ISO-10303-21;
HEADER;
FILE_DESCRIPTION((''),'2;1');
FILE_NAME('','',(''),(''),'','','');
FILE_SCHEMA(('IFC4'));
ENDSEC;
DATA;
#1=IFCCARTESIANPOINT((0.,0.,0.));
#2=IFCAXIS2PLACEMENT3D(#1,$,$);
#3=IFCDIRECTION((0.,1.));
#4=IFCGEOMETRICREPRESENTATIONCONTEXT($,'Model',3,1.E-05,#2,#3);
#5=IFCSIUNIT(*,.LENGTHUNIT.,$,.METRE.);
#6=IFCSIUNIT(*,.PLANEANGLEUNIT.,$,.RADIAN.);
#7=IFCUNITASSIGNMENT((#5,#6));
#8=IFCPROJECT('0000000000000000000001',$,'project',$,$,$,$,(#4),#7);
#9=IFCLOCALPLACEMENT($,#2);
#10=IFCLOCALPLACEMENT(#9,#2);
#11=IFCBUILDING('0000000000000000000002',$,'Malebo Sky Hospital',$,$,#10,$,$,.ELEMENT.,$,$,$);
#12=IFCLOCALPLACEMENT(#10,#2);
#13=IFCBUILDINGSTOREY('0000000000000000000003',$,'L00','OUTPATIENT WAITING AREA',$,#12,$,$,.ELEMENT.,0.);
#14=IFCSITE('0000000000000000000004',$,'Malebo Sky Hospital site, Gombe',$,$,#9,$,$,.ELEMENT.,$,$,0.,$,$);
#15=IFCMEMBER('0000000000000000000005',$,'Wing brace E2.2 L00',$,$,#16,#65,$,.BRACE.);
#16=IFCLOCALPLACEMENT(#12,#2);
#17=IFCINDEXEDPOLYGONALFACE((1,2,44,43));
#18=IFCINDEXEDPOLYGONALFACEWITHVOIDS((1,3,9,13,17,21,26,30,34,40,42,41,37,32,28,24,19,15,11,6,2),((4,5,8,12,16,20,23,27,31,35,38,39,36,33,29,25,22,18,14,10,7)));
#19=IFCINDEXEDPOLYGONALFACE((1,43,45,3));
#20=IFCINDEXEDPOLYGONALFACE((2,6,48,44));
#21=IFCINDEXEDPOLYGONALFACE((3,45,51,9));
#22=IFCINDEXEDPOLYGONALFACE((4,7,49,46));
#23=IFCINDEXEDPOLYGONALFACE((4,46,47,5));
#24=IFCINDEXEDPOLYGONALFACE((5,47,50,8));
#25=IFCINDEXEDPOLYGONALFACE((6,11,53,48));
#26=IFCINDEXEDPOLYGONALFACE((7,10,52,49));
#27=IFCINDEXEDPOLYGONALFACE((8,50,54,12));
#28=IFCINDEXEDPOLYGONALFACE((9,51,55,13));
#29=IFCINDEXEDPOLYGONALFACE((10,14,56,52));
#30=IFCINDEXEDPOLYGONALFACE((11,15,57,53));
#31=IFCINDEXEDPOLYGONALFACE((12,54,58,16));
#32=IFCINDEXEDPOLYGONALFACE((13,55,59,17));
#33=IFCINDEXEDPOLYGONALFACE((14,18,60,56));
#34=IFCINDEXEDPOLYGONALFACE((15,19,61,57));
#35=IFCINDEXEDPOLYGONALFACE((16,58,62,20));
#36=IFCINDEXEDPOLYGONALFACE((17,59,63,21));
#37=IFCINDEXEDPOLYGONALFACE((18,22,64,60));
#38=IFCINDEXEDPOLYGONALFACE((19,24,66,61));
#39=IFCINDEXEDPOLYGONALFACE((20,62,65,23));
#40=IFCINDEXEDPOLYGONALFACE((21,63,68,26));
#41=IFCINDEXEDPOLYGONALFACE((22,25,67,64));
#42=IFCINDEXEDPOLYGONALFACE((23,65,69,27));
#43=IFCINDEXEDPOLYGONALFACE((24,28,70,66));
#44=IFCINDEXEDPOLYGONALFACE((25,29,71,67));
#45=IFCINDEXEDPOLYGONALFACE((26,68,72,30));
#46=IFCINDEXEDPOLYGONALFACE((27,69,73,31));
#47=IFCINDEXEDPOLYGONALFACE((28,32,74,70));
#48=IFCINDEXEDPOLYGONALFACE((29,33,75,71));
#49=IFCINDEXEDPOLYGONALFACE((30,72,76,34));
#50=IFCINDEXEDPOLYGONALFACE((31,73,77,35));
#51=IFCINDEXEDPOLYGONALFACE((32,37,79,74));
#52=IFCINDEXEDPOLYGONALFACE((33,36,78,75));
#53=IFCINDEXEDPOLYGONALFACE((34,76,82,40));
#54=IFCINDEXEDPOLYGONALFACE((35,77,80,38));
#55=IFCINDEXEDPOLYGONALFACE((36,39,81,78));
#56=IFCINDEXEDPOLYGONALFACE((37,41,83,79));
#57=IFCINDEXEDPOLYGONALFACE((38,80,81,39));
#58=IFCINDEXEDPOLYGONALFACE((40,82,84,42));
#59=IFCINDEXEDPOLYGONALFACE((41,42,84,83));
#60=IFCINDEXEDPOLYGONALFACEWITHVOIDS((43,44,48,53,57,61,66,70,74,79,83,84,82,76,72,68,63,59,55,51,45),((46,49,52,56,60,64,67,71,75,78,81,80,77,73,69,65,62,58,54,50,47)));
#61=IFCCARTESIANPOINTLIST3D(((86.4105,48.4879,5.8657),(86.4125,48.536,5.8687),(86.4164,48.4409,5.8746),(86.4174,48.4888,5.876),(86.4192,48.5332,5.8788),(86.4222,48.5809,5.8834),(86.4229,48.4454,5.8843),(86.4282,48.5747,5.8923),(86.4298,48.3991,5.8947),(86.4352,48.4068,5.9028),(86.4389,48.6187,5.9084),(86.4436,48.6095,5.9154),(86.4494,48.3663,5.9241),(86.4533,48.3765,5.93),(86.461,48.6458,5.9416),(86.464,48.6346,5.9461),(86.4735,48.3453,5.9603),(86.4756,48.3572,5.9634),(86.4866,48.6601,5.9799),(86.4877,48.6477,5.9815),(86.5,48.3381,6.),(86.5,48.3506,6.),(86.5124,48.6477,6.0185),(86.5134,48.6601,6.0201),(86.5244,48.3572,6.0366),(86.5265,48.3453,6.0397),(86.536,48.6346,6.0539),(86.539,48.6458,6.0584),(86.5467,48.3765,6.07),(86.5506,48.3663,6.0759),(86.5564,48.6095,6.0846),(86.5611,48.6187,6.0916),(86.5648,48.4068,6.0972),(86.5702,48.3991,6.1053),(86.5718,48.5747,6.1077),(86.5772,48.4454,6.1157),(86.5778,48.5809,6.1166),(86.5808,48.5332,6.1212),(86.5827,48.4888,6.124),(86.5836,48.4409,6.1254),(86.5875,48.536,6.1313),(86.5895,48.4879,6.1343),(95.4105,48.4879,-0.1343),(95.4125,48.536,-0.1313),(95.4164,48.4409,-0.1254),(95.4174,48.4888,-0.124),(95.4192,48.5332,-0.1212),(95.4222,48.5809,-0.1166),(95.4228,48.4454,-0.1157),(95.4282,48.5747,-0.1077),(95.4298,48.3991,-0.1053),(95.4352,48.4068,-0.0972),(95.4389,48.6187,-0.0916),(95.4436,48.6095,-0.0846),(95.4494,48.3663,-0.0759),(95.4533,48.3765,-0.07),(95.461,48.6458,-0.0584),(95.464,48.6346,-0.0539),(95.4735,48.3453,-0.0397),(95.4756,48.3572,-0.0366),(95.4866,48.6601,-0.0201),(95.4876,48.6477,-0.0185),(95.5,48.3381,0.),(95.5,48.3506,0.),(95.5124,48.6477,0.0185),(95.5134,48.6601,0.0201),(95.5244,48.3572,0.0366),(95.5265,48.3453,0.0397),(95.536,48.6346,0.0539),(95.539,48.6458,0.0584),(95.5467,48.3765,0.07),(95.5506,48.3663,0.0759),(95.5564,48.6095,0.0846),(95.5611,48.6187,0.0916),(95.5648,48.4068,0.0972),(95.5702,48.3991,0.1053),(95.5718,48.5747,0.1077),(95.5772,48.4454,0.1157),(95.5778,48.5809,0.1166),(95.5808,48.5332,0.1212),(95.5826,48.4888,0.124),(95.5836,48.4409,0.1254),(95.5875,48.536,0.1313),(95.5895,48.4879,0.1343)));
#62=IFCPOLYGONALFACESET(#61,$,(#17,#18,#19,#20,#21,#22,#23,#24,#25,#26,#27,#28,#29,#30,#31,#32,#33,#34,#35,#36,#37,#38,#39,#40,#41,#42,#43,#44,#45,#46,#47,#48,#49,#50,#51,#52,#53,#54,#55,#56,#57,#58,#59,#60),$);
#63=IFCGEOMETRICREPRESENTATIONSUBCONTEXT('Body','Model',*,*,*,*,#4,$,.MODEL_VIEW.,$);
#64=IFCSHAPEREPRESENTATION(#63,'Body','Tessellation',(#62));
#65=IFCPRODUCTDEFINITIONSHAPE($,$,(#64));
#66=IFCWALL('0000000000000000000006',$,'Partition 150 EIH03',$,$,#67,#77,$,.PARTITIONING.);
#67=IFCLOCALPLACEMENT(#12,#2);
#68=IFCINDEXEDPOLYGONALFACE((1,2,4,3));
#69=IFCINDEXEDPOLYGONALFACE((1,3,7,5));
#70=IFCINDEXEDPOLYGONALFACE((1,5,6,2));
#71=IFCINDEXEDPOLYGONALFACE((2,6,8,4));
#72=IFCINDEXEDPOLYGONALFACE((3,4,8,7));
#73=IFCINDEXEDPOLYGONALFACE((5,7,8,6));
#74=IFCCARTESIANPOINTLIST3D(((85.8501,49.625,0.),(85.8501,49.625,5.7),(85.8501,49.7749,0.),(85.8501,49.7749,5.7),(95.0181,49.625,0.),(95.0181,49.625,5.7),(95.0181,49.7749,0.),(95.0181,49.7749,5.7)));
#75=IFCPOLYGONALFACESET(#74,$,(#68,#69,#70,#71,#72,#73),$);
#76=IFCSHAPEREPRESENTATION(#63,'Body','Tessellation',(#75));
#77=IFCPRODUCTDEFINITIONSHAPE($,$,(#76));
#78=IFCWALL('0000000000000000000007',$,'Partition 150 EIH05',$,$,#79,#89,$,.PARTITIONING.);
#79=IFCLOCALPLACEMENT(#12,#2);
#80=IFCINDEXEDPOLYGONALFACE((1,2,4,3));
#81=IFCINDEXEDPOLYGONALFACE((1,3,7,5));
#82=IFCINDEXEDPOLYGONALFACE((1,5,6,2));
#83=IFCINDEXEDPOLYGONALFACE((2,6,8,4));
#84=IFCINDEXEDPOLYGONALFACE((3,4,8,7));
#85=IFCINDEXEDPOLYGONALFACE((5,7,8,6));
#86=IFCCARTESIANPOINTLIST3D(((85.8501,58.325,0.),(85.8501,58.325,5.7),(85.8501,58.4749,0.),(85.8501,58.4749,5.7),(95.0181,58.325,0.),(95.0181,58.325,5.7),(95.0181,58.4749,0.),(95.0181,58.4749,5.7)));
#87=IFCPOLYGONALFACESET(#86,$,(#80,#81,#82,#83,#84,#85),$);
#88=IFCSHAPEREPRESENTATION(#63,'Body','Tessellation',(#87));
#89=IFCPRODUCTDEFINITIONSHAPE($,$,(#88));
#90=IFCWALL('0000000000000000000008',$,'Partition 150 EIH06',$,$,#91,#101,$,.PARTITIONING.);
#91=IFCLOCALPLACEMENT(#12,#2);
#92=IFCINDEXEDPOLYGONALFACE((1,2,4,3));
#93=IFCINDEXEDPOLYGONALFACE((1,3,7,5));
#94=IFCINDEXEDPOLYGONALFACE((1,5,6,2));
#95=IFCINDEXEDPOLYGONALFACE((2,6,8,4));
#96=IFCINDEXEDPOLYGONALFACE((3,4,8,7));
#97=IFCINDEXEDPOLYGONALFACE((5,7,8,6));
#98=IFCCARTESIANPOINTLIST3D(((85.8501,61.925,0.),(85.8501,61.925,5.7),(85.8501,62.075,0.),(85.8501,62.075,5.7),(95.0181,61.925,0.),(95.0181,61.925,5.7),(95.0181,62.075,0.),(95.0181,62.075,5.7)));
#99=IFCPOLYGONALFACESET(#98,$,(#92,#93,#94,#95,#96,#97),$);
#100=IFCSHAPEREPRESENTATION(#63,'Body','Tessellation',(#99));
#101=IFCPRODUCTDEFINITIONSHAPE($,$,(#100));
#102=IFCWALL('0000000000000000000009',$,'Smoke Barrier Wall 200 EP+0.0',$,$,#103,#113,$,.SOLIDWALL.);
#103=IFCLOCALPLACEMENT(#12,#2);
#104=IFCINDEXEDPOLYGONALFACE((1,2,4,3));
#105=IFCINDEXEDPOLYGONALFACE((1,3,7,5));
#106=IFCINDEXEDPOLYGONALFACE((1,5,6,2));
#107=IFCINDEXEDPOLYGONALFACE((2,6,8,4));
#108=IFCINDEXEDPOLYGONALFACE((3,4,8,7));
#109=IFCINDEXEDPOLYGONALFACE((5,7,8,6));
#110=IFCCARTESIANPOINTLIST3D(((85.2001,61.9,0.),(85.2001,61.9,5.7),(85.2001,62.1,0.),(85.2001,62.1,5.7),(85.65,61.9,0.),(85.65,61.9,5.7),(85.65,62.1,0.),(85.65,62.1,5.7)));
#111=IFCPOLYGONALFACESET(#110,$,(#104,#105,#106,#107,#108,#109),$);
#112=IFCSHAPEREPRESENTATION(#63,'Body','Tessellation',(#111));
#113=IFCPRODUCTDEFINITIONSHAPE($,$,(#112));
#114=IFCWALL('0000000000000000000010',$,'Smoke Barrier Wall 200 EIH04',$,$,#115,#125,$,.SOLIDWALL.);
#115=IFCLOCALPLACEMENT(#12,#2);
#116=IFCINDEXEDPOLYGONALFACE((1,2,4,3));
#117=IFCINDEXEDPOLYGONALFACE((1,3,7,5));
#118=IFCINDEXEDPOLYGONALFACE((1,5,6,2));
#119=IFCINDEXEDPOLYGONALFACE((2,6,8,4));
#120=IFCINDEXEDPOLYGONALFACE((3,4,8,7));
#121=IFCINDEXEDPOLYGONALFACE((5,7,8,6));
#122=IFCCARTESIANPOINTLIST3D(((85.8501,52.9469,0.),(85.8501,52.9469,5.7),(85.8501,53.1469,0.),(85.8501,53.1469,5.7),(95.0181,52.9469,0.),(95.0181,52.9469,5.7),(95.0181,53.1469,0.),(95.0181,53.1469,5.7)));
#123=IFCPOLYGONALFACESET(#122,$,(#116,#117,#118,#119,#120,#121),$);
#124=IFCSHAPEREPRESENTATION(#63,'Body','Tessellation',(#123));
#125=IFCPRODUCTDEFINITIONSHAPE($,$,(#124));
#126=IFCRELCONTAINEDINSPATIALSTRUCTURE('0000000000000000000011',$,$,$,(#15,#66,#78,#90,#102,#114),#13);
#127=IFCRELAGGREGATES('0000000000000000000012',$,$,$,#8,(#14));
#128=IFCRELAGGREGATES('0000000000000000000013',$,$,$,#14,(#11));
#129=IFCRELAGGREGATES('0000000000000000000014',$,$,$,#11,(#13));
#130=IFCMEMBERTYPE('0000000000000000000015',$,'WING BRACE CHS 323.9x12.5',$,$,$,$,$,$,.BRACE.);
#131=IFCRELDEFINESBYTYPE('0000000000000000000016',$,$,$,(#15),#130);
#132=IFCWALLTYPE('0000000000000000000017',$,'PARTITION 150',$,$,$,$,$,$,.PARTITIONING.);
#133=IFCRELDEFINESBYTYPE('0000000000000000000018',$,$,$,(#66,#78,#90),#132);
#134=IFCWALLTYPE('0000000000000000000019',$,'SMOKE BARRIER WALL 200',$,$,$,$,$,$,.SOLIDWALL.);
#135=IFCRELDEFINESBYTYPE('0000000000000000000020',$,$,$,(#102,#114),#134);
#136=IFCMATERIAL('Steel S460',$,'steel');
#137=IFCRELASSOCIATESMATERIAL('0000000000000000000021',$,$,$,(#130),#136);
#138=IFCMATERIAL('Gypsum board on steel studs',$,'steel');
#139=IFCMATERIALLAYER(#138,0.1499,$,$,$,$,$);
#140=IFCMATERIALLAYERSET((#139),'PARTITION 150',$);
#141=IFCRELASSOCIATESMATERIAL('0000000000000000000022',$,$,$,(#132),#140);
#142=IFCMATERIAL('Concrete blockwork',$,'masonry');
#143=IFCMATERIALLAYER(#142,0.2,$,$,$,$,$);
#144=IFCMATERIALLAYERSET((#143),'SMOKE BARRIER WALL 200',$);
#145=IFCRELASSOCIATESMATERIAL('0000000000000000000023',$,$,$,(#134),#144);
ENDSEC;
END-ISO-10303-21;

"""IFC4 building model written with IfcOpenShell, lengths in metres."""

from ifc_helpers import new_model, si_unit, direction, frame, frame_2d, origin, origin_2d, place, context, subcontext, project, spatial, rectangle, hollow_circle, extrude, material, layer, layer_set, material_profile, profile_set, type_object, element, save


model = new_model("IFC4")

# Units and contexts
model_context = context("Model", 3, precision=1e-05, world=origin(), true_north=direction((0.0, 1.0)))
body_context = subcontext(model_context, "Body", "Model", "MODEL_VIEW")
ifc_project = project(units=[si_unit("LENGTHUNIT", "METRE"), si_unit("PLANEANGLEUNIT", "RADIAN")], contexts=[model_context])

# Site, building, storey
site_placement = place(None, origin())
site = spatial("IfcSite", under=ifc_project, at=site_placement, Name="Malebo Sky Hospital site, Gombe", CompositionType="ELEMENT", RefElevation=0.0)
building_placement = place(site_placement, origin())
building = spatial("IfcBuilding", under=site, at=building_placement, Name="Malebo Sky Hospital", CompositionType="ELEMENT")
storey_placement = place(building_placement, origin())
storey = spatial("IfcBuildingStorey", under=building, at=storey_placement, Name="L00", Description="OUTPATIENT WAITING AREA", CompositionType="ELEMENT", Elevation=0.0)

# Shared definitions
ifc_material_1 = material(Name="Steel S460", Category="steel")

# Member
ifc_material_profile_1 = material_profile(ifc_material_1, hollow_circle(Radius=0.1619, WallThickness=0.0125, at=origin_2d()), Name="CHS 323.9x12.5")
ifc_profile_set_1 = profile_set([ifc_material_profile_1], Name="Steel S460")
member_type = type_object("IfcMemberType", Name="WING BRACE CHS 323.9x12.5", PredefinedType="BRACE", material=ifc_profile_set_1)
for number, where, z_axis, x_axis, name in (
    (1, (95.5, 48.5, 0.0), (-0.83205, 0.0, 0.5547), (0.0, -1.0, 0.0), "Wing brace E2.2 L00"),
):
    element("IfcMember", number, at=place(storey_placement, frame(where, z_axis=z_axis, x_axis=x_axis)), inside=storey, type_object=member_type, Name=name, PredefinedType="BRACE", context=body_context, shape_type="SweptSolid", body=[
        extrude(hollow_circle(Radius=0.1619, WallThickness=0.0125, at=origin_2d()), origin(), (0.0, 0.0, 1.0), 10.8167),
    ])

# Walls
ifc_material_2 = material(Name="Gypsum board on steel studs", Category="steel")
ifc_layer_1 = layer(ifc_material_2, 0.1499)
ifc_layer_set_1 = layer_set([ifc_layer_1], Name="PARTITION 150")
wall_type_1 = type_object("IfcWallType", Name="PARTITION 150", PredefinedType="PARTITIONING", material=ifc_layer_set_1)
for number, where, z_axis, x_axis, name in (
    (2, (95.0181, 49.7, 0.0), (0.0, 0.0, 1.0), (-1.0, 0.0, 0.0), "Partition 150 EIH03"),
    (3, (95.0181, 58.3999, 0.0), (0.0, 0.0, 1.0), (-1.0, 0.0, 0.0), "Partition 150 EIH05"),
    (4, (95.0181, 62.0, 0.0), (0.0, 0.0, 1.0), (-1.0, 0.0, 0.0), "Partition 150 EIH06"),
):
    element("IfcWall", number, at=place(storey_placement, frame(where, z_axis=z_axis, x_axis=x_axis)), inside=storey, type_object=wall_type_1, Name=name, PredefinedType="PARTITIONING", context=body_context, shape_type="SweptSolid", body=[
        extrude(rectangle(XDim=9.168, YDim=0.1499, at=frame_2d((4.584, 0.0))), origin(), (0.0, 0.0, 1.0), 5.7),
    ])
ifc_material_3 = material(Name="Concrete blockwork", Category="masonry")
ifc_layer_2 = layer(ifc_material_3, 0.2)
ifc_layer_set_2 = layer_set([ifc_layer_2], Name="SMOKE BARRIER WALL 200")
wall_type_2 = type_object("IfcWallType", Name="SMOKE BARRIER WALL 200", PredefinedType="SOLIDWALL", material=ifc_layer_set_2)
wall_1_placement = place(storey_placement, frame((85.2, 62.0, 0.0), z_axis=(0.0, 0.0, 1.0), x_axis=(1.0, 0.0, 0.0)))
element("IfcWall", 5, at=wall_1_placement, inside=storey, type_object=wall_type_2, Name="Smoke Barrier Wall 200 EP+0.0", PredefinedType="SOLIDWALL", context=body_context, shape_type="SweptSolid", body=[
    extrude(rectangle(XDim=0.45, YDim=0.2, at=frame_2d((0.2251, 0.0))), origin(), (0.0, 0.0, 1.0), 5.7),
])
wall_2_placement = place(storey_placement, frame((95.0181, 53.0469, 0.0), z_axis=(0.0, 0.0, 1.0), x_axis=(-1.0, 0.0, 0.0)))
element("IfcWall", 6, at=wall_2_placement, inside=storey, type_object=wall_type_2, Name="Smoke Barrier Wall 200 EIH04", PredefinedType="SOLIDWALL", context=body_context, shape_type="SweptSolid", body=[
    extrude(rectangle(XDim=9.168, YDim=0.2, at=frame_2d((4.584, 0.0))), origin(), (0.0, 0.0, 1.0), 5.7),
])

save(model, "model.ifc")
